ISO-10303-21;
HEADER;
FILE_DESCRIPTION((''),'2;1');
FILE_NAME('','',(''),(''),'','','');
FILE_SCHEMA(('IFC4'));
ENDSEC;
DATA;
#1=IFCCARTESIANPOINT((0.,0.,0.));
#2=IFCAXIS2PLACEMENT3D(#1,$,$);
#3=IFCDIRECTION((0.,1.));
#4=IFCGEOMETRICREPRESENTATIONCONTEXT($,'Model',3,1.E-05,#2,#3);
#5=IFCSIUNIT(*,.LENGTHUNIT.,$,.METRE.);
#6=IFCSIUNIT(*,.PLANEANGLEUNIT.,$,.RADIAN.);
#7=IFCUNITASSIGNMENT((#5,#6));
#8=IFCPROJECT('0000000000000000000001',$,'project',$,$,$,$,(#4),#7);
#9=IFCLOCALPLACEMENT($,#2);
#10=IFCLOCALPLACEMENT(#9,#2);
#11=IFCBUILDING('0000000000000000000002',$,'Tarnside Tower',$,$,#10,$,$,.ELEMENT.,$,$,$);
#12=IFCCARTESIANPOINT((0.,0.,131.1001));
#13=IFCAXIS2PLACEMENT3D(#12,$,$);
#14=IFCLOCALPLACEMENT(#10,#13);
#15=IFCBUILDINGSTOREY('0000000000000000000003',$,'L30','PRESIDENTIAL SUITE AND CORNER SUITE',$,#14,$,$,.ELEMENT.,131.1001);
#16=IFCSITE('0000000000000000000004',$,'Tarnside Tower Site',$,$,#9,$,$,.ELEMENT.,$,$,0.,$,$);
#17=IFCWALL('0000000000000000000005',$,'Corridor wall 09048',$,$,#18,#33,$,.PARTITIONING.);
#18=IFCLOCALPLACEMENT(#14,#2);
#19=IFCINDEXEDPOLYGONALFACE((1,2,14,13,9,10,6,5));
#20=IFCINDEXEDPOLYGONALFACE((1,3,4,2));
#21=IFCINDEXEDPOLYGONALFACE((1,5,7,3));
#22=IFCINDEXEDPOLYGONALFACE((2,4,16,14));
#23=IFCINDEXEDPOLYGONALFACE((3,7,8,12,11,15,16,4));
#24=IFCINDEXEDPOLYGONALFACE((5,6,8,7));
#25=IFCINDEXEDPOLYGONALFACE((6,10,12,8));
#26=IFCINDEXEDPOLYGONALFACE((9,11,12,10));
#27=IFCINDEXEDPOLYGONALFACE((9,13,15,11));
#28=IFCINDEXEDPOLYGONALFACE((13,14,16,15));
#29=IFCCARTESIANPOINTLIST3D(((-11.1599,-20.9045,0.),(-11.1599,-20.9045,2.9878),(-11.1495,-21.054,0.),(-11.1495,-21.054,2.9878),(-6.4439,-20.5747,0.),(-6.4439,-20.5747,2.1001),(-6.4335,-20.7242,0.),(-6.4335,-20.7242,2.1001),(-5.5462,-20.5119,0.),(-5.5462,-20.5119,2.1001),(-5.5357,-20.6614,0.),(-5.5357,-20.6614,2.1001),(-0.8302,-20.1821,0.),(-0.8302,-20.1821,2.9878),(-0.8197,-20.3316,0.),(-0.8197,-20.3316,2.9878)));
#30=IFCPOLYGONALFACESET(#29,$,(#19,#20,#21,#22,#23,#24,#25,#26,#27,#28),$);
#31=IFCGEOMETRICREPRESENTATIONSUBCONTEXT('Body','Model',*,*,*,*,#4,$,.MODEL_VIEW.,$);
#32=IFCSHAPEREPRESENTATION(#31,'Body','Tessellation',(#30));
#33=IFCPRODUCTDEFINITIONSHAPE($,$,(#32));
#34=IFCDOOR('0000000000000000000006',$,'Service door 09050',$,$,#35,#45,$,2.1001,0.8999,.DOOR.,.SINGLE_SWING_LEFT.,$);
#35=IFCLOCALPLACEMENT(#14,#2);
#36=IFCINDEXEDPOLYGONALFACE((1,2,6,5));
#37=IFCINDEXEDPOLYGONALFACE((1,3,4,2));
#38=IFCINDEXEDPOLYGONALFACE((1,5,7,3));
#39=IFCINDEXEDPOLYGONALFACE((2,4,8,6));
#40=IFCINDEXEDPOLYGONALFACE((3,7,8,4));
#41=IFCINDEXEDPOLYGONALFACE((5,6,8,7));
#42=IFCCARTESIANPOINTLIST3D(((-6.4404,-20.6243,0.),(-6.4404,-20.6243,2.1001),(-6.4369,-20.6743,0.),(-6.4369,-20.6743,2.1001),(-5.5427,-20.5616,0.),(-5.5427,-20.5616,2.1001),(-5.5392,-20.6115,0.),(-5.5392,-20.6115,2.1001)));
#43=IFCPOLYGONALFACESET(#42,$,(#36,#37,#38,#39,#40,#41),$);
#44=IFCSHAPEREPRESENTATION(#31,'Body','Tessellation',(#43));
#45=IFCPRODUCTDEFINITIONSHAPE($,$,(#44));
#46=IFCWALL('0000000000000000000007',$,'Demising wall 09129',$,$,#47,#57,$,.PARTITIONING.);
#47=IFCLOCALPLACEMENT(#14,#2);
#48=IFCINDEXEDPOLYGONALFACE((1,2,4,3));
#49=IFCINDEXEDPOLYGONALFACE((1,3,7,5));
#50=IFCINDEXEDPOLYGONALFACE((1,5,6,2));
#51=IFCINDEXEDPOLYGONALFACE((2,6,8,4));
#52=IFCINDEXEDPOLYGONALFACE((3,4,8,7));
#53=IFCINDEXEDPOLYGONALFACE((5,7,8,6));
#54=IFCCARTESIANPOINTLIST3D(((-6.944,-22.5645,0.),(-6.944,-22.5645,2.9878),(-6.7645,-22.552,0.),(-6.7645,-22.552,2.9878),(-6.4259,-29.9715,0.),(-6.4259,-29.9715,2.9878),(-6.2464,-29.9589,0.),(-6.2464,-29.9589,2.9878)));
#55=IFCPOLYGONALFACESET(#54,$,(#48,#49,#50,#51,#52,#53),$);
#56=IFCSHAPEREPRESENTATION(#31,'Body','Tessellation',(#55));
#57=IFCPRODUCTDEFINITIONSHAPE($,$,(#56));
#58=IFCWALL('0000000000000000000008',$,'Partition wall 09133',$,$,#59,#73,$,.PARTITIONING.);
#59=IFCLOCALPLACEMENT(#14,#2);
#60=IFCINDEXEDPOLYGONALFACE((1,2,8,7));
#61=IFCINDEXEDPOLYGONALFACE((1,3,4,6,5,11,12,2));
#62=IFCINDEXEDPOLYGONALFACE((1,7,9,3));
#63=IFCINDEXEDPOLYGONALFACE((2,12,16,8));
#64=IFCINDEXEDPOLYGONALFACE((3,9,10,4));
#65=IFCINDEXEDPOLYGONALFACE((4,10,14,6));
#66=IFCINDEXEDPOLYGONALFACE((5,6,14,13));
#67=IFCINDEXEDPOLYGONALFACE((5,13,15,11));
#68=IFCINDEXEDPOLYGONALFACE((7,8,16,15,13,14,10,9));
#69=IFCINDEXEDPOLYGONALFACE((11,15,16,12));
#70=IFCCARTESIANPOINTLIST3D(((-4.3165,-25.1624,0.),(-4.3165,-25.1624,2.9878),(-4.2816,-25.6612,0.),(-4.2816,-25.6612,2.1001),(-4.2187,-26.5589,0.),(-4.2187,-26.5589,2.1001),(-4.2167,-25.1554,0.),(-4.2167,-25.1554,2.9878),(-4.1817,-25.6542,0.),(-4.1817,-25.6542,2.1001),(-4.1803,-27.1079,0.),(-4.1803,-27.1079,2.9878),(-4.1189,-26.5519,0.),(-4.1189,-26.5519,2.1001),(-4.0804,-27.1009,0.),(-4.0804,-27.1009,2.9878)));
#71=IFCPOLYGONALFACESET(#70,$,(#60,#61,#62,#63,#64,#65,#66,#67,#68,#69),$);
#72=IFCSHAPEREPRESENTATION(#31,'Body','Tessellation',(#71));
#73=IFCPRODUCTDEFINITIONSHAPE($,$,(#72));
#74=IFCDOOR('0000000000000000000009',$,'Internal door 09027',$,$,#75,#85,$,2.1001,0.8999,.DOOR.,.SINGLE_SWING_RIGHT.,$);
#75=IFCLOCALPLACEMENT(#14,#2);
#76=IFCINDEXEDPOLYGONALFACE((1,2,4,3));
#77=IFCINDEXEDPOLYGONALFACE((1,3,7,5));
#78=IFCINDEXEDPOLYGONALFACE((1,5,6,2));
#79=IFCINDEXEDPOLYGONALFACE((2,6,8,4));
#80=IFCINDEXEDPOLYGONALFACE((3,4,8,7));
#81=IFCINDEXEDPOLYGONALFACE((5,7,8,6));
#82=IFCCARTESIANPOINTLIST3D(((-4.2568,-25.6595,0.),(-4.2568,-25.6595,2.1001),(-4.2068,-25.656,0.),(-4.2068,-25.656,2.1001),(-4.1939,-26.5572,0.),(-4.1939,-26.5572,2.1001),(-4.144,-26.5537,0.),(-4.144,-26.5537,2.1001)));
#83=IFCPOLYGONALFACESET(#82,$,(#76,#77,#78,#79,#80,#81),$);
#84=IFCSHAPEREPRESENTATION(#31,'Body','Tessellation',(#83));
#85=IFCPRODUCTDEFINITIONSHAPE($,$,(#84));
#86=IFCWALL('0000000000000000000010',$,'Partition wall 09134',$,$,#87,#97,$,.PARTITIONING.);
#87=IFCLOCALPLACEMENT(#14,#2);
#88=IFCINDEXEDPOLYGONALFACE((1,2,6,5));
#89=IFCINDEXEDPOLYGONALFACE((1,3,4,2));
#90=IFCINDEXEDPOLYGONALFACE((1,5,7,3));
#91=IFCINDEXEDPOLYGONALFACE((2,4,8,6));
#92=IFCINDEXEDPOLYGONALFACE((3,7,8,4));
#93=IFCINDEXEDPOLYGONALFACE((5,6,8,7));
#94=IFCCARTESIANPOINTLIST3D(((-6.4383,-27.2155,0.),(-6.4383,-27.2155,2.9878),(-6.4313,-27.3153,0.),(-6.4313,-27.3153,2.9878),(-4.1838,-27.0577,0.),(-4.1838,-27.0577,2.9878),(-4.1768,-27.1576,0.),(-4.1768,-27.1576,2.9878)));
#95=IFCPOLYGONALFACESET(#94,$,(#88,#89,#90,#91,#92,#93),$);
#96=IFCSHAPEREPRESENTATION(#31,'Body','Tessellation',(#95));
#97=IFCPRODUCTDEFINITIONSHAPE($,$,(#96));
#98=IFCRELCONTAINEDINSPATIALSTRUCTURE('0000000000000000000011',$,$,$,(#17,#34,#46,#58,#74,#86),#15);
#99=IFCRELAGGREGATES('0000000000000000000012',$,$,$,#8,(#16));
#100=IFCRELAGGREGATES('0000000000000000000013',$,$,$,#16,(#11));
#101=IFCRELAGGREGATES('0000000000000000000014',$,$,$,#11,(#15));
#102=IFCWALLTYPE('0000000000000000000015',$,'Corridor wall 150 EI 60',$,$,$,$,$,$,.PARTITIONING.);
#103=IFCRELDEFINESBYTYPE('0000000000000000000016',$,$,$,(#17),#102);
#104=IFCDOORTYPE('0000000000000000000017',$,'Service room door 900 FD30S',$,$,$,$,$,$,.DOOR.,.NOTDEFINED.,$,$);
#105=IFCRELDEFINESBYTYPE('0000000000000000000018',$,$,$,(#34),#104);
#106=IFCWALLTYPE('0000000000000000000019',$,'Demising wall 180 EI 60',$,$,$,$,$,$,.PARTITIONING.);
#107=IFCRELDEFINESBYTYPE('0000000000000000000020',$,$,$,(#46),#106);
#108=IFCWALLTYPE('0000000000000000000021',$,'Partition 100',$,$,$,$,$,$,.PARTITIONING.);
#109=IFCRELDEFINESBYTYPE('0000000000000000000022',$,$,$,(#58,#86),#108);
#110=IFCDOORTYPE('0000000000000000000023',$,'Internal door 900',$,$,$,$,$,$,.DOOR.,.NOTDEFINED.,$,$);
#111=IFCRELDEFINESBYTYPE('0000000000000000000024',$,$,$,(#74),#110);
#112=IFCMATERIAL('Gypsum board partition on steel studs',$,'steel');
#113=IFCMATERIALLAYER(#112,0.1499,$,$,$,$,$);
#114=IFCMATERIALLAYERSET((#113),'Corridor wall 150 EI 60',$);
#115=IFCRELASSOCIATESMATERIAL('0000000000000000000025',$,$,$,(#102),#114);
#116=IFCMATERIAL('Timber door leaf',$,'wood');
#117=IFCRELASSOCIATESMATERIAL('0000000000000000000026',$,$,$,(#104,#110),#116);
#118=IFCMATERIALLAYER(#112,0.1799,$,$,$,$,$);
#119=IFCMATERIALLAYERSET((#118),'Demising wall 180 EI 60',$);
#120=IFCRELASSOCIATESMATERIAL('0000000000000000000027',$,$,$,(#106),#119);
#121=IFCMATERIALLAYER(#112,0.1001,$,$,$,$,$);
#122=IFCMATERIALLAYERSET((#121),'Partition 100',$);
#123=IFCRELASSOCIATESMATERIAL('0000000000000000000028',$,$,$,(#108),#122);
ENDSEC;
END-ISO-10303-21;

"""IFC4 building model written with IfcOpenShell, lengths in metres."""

from ifc_helpers import new_model, si_unit, direction, frame, frame_2d, origin, place, context, subcontext, project, spatial, rectangle, extrude, material, layer, layer_set, type_object, element, fill, save


model = new_model("IFC4")

# Units and contexts
model_context = context("Model", 3, precision=1e-05, world=origin(), true_north=direction((0.0, 1.0)))
body_context = subcontext(model_context, "Body", "Model", "MODEL_VIEW")
ifc_project = project(units=[si_unit("LENGTHUNIT", "METRE"), si_unit("PLANEANGLEUNIT", "RADIAN")], contexts=[model_context])

# Site, building, storey
site_placement = place(None, origin())
site = spatial("IfcSite", under=ifc_project, at=site_placement, Name="Tarnside Tower Site", CompositionType="ELEMENT", RefElevation=0.0)
building_placement = place(site_placement, origin())
building = spatial("IfcBuilding", under=site, at=building_placement, Name="Tarnside Tower", CompositionType="ELEMENT")
storey_placement = place(building_placement, frame((0.0, 0.0, 131.1001)))
storey = spatial("IfcBuildingStorey", under=building, at=storey_placement, Name="L30", Description="PRESIDENTIAL SUITE AND CORNER SUITE", CompositionType="ELEMENT", Elevation=131.1001)

# Shared definitions
ifc_material_1 = material(Name="Gypsum board partition on steel studs", Category="steel")
ifc_material_2 = material(Name="Timber door leaf", Category="wood")

# Wall, opening, door
ifc_layer_1 = layer(ifc_material_1, 0.1499)
ifc_layer_set_1 = layer_set([ifc_layer_1], Name="Corridor wall 150 EI 60")
wall_type_1 = type_object("IfcWallType", Name="Corridor wall 150 EI 60", PredefinedType="PARTITIONING", material=ifc_layer_set_1)
wall_1_placement = place(storey_placement, frame((-0.825, -20.2568, 0.0), z_axis=(0.0, 0.0, 1.0), x_axis=(-0.997564, -0.069764, 0.0)))
wall_1 = element("IfcWall", 1, at=wall_1_placement, inside=storey, type_object=wall_type_1, Name="Corridor wall 09048", PredefinedType="PARTITIONING", context=body_context, shape_type="SweptSolid", body=[
    extrude(rectangle(XDim=10.355, YDim=0.1499, at=frame_2d((5.1775, 0.0))), origin(), (0.0, 0.0, 1.0), 2.9878),
])
opening_1_placement = place(wall_1_placement, frame((4.7275, 0.0, 0.0)))
opening_1 = element("IfcOpeningElement", 2, at=opening_1_placement, cuts=wall_1, PredefinedType="OPENING", context=body_context, shape_type="SweptSolid", body=[
    extrude(rectangle(XDim=0.8999, YDim=2.1001, at=frame_2d((0.45, 1.05))), frame((0.0, 0.085, 0.0), z_axis=(0.0, -1.0, 0.0), x_axis=(1.0, 0.0, 0.0)), (0.0, 0.0, 1.0), 0.1699),
])
door_type_1 = type_object("IfcDoorType", Name="Service room door 900 FD30S", OperationType="NOTDEFINED", PredefinedType="DOOR", material=ifc_material_2)
door_1_placement = place(opening_1_placement, origin())
door_1 = element("IfcDoor", 3, at=door_1_placement, inside=storey, type_object=door_type_1, Name="Service door 09050", OperationType="SINGLE_SWING_LEFT", OverallHeight=2.1001, OverallWidth=0.8999, PredefinedType="DOOR", context=body_context, shape_type="SweptSolid", body=[
    extrude(rectangle(XDim=0.8999, YDim=2.1001, at=frame_2d((0.45, 1.05))), frame((0.0, 0.0249, 0.0), z_axis=(0.0, -1.0, 0.0), x_axis=(1.0, 0.0, 0.0)), (0.0, 0.0, 1.0), 0.05),
])
fill(opening_1, door_1)

# Wall
ifc_layer_2 = layer(ifc_material_1, 0.1799)
ifc_layer_set_2 = layer_set([ifc_layer_2], Name="Demising wall 180 EI 60")
wall_type_2 = type_object("IfcWallType", Name="Demising wall 180 EI 60", PredefinedType="PARTITIONING", material=ifc_layer_set_2)
wall_2_placement = place(storey_placement, frame((-6.3362, -29.9651, 0.0), z_axis=(0.0, 0.0, 1.0), x_axis=(-0.069773, 0.997563, 0.0)))
element("IfcWall", 4, at=wall_2_placement, inside=storey, type_object=wall_type_2, Name="Demising wall 09129", PredefinedType="PARTITIONING", context=body_context, shape_type="SweptSolid", body=[
    extrude(rectangle(XDim=7.425, YDim=0.1799, at=frame_2d((3.7124, 0.0))), origin(), (0.0, 0.0, 1.0), 2.9878),
])

# Wall, opening, door
ifc_layer_3 = layer(ifc_material_1, 0.1001)
ifc_layer_set_3 = layer_set([ifc_layer_3], Name="Partition 100")
wall_type_3 = type_object("IfcWallType", Name="Partition 100", PredefinedType="PARTITIONING", material=ifc_layer_set_3)
wall_3_placement = place(storey_placement, frame((-4.2666, -25.1589, 0.0), z_axis=(0.0, 0.0, 1.0), x_axis=(0.069859, -0.997557, 0.0)))
wall_3 = element("IfcWall", 5, at=wall_3_placement, inside=storey, type_object=wall_type_3, Name="Partition wall 09133", PredefinedType="PARTITIONING", context=body_context, shape_type="SweptSolid", body=[
    extrude(rectangle(XDim=1.9502, YDim=0.1001, at=frame_2d((0.9751, 0.0))), origin(), (0.0, 0.0, 1.0), 2.9878),
])
opening_2_placement = place(wall_3_placement, frame((0.5, 0.0, 0.0)))
opening_2 = element("IfcOpeningElement", 6, at=opening_2_placement, cuts=wall_3, PredefinedType="OPENING", context=body_context, shape_type="SweptSolid", body=[
    extrude(rectangle(XDim=0.8999, YDim=2.1001, at=frame_2d((0.45, 1.05))), frame((0.0, 0.0601, 0.0), z_axis=(0.0, -1.0, 0.0), x_axis=(1.0, 0.0, 0.0)), (0.0, 0.0, 1.0), 0.1201),
])
door_type_2 = type_object("IfcDoorType", Name="Internal door 900", OperationType="NOTDEFINED", PredefinedType="DOOR", material=ifc_material_2)
door_2_placement = place(opening_2_placement, origin())
door_2 = element("IfcDoor", 7, at=door_2_placement, inside=storey, type_object=door_type_2, Name="Internal door 09027", OperationType="SINGLE_SWING_RIGHT", OverallHeight=2.1001, OverallWidth=0.8999, PredefinedType="DOOR", context=body_context, shape_type="SweptSolid", body=[
    extrude(rectangle(XDim=0.8999, YDim=2.1001, at=frame_2d((0.45, 1.05))), frame((0.0, 0.0249, 0.0), z_axis=(0.0, -1.0, 0.0), x_axis=(1.0, 0.0, 0.0)), (0.0, 0.0, 1.0), 0.05),
])
fill(opening_2, door_2)

# Wall
wall_4_placement = place(storey_placement, frame((-4.1804, -27.1077, 0.0), z_axis=(0.0, 0.0, 1.0), x_axis=(-0.997562, -0.069788, 0.0)))
element("IfcWall", 8, at=wall_4_placement, inside=storey, type_object=wall_type_3, Name="Partition wall 09134", PredefinedType="PARTITIONING", context=body_context, shape_type="SweptSolid", body=[
    extrude(rectangle(XDim=2.26, YDim=0.1001, at=frame_2d((1.1299, 0.0))), origin(), (0.0, 0.0, 1.0), 2.9878),
])

save(model, "model.ifc")
